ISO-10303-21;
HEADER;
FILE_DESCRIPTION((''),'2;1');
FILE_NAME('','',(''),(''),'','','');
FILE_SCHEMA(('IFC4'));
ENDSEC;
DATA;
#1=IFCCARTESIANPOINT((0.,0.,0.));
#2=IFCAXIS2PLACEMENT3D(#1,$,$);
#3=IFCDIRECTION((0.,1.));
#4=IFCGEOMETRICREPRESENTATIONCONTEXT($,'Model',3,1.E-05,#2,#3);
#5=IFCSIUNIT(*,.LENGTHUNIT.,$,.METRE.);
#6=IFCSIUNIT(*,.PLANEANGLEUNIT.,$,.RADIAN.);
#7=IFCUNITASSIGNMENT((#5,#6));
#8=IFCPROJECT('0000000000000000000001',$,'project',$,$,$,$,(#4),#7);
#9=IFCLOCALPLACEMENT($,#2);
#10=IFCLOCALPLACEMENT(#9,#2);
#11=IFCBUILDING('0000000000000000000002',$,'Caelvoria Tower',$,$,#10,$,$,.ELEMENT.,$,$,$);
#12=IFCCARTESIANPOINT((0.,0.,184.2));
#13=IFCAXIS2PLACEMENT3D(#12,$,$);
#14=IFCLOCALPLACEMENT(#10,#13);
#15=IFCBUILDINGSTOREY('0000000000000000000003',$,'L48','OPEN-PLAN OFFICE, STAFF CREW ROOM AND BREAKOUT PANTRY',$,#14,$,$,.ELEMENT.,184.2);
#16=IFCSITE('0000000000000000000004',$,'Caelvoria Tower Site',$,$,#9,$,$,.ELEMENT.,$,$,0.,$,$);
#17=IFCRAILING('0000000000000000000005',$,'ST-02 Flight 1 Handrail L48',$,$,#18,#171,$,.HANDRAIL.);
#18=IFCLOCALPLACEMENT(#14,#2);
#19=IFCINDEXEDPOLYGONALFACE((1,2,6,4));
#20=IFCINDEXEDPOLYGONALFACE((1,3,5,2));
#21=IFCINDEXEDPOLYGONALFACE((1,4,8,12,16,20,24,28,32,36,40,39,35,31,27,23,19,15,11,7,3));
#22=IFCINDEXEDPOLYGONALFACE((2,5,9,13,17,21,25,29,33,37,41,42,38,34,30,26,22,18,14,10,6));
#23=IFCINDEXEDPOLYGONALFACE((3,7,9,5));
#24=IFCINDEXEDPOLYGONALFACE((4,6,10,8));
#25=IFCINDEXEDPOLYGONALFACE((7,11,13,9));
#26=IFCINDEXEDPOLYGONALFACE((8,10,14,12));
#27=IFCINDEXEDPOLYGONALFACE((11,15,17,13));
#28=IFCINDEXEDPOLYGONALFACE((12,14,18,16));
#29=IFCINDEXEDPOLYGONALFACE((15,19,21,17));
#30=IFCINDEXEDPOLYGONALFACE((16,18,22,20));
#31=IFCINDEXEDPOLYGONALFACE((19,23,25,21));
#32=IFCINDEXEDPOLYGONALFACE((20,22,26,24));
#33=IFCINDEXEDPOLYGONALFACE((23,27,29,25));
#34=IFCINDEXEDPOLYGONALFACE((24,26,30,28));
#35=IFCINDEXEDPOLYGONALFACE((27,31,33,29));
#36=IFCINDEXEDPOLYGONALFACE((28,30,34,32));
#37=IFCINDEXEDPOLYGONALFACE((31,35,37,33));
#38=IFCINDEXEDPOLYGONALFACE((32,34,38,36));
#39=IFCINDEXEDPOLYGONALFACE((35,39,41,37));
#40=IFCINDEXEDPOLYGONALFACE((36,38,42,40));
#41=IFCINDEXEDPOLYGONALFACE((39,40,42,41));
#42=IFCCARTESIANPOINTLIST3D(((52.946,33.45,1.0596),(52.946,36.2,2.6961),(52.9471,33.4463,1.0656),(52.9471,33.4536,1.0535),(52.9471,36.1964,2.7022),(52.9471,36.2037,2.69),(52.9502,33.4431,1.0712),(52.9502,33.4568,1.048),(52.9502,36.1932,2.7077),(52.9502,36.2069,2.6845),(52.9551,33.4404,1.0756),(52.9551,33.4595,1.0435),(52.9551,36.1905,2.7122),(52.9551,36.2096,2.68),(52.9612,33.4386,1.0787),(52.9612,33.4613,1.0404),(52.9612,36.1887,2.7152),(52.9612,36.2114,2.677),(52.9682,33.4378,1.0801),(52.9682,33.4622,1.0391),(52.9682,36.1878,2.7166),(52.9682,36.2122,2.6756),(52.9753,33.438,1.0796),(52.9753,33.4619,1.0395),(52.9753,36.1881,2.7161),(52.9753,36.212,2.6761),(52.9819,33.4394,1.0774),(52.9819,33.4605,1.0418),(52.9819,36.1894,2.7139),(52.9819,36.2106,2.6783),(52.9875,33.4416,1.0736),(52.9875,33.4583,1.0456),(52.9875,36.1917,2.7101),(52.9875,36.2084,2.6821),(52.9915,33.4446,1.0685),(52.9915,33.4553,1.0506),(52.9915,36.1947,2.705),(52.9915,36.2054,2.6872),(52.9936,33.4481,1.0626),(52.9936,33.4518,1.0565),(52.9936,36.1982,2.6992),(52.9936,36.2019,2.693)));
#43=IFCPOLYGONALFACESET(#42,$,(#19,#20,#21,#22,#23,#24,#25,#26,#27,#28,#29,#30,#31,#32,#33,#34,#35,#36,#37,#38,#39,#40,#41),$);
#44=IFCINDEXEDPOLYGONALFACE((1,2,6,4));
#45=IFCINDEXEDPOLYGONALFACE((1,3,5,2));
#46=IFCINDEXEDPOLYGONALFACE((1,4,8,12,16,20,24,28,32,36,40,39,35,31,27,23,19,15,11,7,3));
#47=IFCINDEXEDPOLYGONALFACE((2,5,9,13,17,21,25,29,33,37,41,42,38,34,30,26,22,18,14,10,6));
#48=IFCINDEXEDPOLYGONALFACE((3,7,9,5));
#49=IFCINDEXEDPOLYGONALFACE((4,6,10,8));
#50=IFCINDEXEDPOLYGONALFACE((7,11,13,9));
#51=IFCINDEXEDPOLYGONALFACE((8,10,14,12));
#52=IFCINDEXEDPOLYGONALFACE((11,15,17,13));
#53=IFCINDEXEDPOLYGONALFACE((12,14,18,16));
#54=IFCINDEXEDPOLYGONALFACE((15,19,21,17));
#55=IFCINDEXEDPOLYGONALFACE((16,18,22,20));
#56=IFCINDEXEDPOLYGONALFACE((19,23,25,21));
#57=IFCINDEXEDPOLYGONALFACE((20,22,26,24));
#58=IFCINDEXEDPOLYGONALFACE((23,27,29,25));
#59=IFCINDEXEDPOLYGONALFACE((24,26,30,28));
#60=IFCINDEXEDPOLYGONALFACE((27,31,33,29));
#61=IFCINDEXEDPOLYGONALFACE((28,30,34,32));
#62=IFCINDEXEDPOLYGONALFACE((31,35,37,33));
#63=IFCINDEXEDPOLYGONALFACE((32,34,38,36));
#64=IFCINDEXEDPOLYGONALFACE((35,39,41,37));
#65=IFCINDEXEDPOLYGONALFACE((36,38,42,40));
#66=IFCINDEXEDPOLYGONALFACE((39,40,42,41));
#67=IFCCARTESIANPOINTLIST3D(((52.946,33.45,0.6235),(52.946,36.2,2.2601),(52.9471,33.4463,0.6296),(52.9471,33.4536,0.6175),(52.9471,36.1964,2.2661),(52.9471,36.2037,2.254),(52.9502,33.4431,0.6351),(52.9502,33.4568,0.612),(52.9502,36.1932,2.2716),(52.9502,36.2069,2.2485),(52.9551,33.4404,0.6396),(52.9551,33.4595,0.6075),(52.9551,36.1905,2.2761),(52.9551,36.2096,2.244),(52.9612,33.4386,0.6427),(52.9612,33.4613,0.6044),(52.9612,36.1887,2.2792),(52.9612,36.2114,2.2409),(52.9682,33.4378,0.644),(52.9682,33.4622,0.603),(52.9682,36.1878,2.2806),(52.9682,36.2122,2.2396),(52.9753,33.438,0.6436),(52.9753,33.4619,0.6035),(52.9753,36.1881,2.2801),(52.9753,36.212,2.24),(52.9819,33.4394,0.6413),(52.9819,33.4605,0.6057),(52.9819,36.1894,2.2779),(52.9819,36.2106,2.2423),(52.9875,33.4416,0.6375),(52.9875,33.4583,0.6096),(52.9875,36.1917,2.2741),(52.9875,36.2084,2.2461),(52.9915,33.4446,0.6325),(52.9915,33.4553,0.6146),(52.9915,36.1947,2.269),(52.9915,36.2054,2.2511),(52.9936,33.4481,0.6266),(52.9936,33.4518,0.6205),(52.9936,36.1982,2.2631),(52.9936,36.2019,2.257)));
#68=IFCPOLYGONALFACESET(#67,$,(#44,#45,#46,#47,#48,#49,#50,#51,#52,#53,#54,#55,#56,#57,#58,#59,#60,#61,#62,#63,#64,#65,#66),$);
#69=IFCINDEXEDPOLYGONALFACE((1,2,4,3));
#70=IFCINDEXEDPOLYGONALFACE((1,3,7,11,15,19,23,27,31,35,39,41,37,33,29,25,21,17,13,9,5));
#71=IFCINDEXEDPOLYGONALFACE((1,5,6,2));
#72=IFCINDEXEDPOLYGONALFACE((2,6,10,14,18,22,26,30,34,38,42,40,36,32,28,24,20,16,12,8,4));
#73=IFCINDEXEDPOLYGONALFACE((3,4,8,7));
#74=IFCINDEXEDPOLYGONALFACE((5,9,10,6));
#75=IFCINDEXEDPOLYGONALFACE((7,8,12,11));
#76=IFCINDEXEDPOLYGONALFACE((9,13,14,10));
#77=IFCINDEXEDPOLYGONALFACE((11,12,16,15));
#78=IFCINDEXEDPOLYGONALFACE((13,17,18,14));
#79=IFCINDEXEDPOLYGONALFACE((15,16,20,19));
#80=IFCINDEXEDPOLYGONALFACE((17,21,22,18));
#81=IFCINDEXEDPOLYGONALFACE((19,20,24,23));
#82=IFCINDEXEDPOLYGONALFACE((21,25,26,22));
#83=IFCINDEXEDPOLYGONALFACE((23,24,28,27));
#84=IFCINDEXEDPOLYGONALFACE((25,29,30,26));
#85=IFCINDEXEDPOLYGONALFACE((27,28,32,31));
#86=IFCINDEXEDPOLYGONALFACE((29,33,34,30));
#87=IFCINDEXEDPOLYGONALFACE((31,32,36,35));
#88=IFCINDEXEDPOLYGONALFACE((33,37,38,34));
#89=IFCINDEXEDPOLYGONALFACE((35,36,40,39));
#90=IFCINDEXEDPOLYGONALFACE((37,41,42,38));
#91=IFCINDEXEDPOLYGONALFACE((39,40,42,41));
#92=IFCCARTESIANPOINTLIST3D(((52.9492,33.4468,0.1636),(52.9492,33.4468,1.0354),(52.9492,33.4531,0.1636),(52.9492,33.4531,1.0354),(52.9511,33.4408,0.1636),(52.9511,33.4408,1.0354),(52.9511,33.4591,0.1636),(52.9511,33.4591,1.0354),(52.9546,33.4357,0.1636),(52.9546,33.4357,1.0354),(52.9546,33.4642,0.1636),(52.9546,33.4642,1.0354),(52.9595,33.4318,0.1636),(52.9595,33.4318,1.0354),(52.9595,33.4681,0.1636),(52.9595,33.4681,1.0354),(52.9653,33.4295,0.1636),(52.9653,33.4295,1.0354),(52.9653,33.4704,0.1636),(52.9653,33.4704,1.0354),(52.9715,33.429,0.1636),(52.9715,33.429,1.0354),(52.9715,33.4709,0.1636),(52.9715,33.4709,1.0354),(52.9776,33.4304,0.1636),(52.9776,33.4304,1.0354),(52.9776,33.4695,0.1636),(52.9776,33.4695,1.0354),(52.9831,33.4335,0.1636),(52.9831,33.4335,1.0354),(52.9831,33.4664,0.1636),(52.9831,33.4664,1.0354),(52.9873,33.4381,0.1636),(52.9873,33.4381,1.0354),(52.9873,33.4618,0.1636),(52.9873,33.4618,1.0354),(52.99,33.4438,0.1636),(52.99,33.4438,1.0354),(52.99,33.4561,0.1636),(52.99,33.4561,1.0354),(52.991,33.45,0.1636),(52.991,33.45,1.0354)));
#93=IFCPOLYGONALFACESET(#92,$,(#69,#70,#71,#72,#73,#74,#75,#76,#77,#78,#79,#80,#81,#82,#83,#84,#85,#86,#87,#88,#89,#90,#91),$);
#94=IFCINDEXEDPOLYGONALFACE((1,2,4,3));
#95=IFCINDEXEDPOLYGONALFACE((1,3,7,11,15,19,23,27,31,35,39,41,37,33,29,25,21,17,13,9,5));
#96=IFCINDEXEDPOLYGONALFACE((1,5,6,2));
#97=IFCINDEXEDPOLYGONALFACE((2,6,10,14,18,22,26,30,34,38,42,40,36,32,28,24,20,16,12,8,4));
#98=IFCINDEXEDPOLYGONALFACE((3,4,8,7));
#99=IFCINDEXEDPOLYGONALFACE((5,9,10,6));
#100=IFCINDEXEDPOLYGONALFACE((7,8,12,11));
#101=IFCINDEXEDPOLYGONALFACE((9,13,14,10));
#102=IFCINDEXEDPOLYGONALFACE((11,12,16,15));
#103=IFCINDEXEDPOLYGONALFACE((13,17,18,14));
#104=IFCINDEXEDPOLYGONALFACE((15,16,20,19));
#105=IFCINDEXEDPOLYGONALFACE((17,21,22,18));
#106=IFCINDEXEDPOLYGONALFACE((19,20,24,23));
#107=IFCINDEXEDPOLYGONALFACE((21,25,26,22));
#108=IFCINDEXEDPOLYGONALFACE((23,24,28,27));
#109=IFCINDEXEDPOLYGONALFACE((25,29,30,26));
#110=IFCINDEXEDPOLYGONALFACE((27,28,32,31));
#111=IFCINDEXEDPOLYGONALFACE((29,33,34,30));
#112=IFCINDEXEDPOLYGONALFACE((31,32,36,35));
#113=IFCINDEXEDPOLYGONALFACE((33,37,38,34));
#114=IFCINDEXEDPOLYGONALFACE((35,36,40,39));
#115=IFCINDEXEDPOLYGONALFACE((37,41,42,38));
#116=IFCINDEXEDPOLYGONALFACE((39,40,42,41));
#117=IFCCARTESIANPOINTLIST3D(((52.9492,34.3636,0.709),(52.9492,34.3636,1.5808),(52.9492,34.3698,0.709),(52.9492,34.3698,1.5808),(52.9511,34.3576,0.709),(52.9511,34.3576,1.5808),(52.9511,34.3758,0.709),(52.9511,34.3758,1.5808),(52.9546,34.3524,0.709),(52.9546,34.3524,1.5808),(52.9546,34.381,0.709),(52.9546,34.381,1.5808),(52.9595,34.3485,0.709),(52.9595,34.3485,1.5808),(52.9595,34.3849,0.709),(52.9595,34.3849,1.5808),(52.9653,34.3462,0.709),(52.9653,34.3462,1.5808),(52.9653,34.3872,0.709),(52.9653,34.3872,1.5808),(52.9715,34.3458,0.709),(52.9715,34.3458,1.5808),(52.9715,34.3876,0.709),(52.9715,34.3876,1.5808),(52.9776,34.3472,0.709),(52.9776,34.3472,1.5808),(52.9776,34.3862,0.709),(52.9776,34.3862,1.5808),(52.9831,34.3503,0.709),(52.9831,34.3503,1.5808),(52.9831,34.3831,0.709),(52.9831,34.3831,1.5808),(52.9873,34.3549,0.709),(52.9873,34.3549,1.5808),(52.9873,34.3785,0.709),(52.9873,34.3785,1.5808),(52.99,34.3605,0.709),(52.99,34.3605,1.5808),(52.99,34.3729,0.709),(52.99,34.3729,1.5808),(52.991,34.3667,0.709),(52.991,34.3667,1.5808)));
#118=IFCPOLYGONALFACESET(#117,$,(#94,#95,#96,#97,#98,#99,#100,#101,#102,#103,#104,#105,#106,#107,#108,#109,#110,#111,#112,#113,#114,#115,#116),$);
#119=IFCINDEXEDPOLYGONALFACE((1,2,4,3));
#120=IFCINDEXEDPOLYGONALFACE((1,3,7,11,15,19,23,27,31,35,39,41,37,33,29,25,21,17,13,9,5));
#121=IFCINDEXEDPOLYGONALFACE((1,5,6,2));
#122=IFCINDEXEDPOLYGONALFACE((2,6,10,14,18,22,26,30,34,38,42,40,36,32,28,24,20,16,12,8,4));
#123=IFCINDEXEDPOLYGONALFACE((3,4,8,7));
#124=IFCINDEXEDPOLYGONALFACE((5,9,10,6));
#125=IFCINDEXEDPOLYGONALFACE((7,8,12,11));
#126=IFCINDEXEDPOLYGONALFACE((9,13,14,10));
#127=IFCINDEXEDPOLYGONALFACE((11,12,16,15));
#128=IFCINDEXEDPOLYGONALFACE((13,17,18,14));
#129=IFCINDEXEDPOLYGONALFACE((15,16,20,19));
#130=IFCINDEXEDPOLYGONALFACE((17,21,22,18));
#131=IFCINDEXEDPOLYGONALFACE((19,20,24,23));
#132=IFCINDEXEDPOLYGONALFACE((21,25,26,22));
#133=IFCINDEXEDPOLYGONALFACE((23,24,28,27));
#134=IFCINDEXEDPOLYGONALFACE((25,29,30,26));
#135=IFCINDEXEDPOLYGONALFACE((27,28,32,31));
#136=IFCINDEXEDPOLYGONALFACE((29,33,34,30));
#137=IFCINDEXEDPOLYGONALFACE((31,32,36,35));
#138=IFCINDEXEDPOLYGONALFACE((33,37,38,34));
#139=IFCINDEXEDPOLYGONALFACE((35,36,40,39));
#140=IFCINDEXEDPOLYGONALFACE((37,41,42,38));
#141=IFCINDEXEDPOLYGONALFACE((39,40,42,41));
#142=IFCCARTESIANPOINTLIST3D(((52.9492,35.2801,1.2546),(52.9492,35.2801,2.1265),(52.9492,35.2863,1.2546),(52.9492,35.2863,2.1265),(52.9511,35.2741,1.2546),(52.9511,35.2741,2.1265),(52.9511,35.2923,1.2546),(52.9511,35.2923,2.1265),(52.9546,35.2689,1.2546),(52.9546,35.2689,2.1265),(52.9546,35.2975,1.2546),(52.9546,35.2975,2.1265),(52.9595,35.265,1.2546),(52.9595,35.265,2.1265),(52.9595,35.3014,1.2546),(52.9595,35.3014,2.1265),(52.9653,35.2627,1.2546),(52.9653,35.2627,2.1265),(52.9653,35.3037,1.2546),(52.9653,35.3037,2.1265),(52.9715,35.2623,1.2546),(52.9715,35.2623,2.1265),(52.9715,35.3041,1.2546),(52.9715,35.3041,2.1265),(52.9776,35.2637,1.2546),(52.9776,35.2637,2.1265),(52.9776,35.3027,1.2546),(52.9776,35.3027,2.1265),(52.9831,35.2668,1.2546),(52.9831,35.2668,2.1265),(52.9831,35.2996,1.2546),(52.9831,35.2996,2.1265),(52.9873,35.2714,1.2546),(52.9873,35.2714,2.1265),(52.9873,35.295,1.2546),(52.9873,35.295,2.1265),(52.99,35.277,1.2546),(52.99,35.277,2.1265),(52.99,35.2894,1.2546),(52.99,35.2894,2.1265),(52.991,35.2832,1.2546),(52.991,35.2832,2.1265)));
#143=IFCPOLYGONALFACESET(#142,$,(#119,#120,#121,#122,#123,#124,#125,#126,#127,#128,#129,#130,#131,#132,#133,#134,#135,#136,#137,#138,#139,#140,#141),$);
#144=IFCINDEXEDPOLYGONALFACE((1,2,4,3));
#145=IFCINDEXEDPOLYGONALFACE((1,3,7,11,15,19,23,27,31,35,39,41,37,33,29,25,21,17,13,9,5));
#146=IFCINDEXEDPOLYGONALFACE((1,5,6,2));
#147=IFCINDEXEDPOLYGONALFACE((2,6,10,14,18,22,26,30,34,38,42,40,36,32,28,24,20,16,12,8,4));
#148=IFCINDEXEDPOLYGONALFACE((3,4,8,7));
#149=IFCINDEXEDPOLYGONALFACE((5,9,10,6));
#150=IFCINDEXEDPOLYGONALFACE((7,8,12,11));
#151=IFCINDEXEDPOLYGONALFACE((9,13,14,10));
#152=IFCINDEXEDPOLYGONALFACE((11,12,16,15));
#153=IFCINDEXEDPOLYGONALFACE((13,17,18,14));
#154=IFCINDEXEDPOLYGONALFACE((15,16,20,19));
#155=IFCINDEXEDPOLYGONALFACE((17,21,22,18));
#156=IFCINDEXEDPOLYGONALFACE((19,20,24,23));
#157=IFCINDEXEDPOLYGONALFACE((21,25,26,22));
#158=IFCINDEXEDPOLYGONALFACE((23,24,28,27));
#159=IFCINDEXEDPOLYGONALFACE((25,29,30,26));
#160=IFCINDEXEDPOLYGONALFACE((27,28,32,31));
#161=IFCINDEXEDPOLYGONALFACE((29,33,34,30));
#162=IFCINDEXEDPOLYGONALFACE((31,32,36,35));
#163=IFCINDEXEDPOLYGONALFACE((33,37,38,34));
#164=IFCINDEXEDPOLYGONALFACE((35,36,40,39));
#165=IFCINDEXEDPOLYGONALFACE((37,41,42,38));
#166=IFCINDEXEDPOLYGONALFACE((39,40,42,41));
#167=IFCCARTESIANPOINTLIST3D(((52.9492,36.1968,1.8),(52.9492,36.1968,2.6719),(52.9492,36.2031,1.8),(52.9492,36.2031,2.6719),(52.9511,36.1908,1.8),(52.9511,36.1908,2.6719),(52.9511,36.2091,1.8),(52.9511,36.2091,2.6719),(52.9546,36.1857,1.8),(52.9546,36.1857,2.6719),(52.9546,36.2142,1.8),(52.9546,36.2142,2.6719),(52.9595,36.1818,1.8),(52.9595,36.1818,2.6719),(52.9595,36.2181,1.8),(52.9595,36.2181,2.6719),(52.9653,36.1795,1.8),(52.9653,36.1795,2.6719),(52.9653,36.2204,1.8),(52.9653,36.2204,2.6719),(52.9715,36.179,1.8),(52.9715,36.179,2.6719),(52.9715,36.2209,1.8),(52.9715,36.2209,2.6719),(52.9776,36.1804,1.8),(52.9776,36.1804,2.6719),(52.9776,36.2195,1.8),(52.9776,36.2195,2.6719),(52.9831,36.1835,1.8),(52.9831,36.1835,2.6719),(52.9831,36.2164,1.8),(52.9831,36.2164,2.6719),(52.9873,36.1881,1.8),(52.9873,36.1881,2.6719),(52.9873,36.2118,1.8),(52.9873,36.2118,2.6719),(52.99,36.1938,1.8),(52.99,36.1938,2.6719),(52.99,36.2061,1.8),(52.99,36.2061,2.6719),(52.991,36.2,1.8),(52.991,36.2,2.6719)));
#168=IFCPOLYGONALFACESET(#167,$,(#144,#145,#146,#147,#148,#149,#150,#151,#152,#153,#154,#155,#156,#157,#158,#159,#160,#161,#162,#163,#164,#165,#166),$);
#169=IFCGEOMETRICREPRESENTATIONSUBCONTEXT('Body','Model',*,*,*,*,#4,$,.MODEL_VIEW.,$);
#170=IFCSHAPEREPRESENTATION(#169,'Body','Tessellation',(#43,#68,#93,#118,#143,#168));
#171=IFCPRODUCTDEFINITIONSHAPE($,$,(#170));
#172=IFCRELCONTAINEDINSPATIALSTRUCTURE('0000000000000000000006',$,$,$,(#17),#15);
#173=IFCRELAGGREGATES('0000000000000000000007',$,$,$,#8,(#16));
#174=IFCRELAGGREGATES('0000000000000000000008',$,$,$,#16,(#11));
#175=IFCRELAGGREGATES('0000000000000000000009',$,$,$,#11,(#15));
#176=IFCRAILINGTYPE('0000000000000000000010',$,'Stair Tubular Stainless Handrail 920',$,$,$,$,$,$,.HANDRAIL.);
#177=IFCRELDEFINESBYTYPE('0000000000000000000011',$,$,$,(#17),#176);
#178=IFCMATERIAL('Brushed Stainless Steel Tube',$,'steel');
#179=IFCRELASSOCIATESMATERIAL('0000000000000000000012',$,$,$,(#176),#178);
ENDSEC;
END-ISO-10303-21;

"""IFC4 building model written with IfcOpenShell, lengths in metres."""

from ifc_helpers import new_model, si_unit, direction, frame, origin, origin_2d, place, context, subcontext, project, spatial, circle, extrude, material, type_object, element, save


model = new_model("IFC4")

# Units and contexts
model_context = context("Model", 3, precision=1e-05, world=origin(), true_north=direction((0.0, 1.0)))
body_context = subcontext(model_context, "Body", "Model", "MODEL_VIEW")
ifc_project = project(units=[si_unit("LENGTHUNIT", "METRE"), si_unit("PLANEANGLEUNIT", "RADIAN")], contexts=[model_context])

# Site, building, storey
site_placement = place(None, origin())
site = spatial("IfcSite", under=ifc_project, at=site_placement, Name="Caelvoria Tower Site", CompositionType="ELEMENT", RefElevation=0.0)
building_placement = place(site_placement, origin())
building = spatial("IfcBuilding", under=site, at=building_placement, Name="Caelvoria Tower", CompositionType="ELEMENT")
storey_placement = place(building_placement, frame((0.0, 0.0, 184.2)))
storey = spatial("IfcBuildingStorey", under=building, at=storey_placement, Name="L48", Description="OPEN-PLAN OFFICE, STAFF CREW ROOM AND BREAKOUT PANTRY", CompositionType="ELEMENT", Elevation=184.2)

# Railing
ifc_material_1 = material(Name="Brushed Stainless Steel Tube", Category="steel")
railing_type_1 = type_object("IfcRailingType", Name="Stair Tubular Stainless Handrail 920", PredefinedType="HANDRAIL", material=ifc_material_1)
railing_1_placement = place(storey_placement, frame((52.97, 33.45, 0.1636)))
element("IfcRailing", 1, at=railing_1_placement, inside=storey, type_object=railing_type_1, Name="ST-02 Flight 1 Handrail L48", PredefinedType="HANDRAIL", context=body_context, shape_type="SweptSolid", body=[
    extrude(circle(Radius=0.0239, at=origin_2d()), frame((0.0, 0.0, 0.896), z_axis=(0.0, 0.859352, 0.511385), x_axis=(-1.0, 0.0, 0.0)), (0.0, 0.0, 1.0), 3.2002),
    extrude(circle(Radius=0.0239, at=origin_2d()), frame((0.0, 0.0, 0.46), z_axis=(0.0, 0.859352, 0.511385), x_axis=(-1.0, 0.0, 0.0)), (0.0, 0.0, 1.0), 3.2002),
    extrude(circle(Radius=0.021, at=origin_2d()), origin(), (0.0, 0.0, 1.0), 0.8718),
    extrude(circle(Radius=0.021, at=origin_2d()), frame((0.0, 0.9167, 0.5454)), (0.0, 0.0, 1.0), 0.8718),
    extrude(circle(Radius=0.021, at=origin_2d()), frame((0.0, 1.8333, 1.0911)), (0.0, 0.0, 1.0), 0.8718),
    extrude(circle(Radius=0.021, at=origin_2d()), frame((0.0, 2.75, 1.6365)), (0.0, 0.0, 1.0), 0.8718),
])

save(model, "model.ifc")
